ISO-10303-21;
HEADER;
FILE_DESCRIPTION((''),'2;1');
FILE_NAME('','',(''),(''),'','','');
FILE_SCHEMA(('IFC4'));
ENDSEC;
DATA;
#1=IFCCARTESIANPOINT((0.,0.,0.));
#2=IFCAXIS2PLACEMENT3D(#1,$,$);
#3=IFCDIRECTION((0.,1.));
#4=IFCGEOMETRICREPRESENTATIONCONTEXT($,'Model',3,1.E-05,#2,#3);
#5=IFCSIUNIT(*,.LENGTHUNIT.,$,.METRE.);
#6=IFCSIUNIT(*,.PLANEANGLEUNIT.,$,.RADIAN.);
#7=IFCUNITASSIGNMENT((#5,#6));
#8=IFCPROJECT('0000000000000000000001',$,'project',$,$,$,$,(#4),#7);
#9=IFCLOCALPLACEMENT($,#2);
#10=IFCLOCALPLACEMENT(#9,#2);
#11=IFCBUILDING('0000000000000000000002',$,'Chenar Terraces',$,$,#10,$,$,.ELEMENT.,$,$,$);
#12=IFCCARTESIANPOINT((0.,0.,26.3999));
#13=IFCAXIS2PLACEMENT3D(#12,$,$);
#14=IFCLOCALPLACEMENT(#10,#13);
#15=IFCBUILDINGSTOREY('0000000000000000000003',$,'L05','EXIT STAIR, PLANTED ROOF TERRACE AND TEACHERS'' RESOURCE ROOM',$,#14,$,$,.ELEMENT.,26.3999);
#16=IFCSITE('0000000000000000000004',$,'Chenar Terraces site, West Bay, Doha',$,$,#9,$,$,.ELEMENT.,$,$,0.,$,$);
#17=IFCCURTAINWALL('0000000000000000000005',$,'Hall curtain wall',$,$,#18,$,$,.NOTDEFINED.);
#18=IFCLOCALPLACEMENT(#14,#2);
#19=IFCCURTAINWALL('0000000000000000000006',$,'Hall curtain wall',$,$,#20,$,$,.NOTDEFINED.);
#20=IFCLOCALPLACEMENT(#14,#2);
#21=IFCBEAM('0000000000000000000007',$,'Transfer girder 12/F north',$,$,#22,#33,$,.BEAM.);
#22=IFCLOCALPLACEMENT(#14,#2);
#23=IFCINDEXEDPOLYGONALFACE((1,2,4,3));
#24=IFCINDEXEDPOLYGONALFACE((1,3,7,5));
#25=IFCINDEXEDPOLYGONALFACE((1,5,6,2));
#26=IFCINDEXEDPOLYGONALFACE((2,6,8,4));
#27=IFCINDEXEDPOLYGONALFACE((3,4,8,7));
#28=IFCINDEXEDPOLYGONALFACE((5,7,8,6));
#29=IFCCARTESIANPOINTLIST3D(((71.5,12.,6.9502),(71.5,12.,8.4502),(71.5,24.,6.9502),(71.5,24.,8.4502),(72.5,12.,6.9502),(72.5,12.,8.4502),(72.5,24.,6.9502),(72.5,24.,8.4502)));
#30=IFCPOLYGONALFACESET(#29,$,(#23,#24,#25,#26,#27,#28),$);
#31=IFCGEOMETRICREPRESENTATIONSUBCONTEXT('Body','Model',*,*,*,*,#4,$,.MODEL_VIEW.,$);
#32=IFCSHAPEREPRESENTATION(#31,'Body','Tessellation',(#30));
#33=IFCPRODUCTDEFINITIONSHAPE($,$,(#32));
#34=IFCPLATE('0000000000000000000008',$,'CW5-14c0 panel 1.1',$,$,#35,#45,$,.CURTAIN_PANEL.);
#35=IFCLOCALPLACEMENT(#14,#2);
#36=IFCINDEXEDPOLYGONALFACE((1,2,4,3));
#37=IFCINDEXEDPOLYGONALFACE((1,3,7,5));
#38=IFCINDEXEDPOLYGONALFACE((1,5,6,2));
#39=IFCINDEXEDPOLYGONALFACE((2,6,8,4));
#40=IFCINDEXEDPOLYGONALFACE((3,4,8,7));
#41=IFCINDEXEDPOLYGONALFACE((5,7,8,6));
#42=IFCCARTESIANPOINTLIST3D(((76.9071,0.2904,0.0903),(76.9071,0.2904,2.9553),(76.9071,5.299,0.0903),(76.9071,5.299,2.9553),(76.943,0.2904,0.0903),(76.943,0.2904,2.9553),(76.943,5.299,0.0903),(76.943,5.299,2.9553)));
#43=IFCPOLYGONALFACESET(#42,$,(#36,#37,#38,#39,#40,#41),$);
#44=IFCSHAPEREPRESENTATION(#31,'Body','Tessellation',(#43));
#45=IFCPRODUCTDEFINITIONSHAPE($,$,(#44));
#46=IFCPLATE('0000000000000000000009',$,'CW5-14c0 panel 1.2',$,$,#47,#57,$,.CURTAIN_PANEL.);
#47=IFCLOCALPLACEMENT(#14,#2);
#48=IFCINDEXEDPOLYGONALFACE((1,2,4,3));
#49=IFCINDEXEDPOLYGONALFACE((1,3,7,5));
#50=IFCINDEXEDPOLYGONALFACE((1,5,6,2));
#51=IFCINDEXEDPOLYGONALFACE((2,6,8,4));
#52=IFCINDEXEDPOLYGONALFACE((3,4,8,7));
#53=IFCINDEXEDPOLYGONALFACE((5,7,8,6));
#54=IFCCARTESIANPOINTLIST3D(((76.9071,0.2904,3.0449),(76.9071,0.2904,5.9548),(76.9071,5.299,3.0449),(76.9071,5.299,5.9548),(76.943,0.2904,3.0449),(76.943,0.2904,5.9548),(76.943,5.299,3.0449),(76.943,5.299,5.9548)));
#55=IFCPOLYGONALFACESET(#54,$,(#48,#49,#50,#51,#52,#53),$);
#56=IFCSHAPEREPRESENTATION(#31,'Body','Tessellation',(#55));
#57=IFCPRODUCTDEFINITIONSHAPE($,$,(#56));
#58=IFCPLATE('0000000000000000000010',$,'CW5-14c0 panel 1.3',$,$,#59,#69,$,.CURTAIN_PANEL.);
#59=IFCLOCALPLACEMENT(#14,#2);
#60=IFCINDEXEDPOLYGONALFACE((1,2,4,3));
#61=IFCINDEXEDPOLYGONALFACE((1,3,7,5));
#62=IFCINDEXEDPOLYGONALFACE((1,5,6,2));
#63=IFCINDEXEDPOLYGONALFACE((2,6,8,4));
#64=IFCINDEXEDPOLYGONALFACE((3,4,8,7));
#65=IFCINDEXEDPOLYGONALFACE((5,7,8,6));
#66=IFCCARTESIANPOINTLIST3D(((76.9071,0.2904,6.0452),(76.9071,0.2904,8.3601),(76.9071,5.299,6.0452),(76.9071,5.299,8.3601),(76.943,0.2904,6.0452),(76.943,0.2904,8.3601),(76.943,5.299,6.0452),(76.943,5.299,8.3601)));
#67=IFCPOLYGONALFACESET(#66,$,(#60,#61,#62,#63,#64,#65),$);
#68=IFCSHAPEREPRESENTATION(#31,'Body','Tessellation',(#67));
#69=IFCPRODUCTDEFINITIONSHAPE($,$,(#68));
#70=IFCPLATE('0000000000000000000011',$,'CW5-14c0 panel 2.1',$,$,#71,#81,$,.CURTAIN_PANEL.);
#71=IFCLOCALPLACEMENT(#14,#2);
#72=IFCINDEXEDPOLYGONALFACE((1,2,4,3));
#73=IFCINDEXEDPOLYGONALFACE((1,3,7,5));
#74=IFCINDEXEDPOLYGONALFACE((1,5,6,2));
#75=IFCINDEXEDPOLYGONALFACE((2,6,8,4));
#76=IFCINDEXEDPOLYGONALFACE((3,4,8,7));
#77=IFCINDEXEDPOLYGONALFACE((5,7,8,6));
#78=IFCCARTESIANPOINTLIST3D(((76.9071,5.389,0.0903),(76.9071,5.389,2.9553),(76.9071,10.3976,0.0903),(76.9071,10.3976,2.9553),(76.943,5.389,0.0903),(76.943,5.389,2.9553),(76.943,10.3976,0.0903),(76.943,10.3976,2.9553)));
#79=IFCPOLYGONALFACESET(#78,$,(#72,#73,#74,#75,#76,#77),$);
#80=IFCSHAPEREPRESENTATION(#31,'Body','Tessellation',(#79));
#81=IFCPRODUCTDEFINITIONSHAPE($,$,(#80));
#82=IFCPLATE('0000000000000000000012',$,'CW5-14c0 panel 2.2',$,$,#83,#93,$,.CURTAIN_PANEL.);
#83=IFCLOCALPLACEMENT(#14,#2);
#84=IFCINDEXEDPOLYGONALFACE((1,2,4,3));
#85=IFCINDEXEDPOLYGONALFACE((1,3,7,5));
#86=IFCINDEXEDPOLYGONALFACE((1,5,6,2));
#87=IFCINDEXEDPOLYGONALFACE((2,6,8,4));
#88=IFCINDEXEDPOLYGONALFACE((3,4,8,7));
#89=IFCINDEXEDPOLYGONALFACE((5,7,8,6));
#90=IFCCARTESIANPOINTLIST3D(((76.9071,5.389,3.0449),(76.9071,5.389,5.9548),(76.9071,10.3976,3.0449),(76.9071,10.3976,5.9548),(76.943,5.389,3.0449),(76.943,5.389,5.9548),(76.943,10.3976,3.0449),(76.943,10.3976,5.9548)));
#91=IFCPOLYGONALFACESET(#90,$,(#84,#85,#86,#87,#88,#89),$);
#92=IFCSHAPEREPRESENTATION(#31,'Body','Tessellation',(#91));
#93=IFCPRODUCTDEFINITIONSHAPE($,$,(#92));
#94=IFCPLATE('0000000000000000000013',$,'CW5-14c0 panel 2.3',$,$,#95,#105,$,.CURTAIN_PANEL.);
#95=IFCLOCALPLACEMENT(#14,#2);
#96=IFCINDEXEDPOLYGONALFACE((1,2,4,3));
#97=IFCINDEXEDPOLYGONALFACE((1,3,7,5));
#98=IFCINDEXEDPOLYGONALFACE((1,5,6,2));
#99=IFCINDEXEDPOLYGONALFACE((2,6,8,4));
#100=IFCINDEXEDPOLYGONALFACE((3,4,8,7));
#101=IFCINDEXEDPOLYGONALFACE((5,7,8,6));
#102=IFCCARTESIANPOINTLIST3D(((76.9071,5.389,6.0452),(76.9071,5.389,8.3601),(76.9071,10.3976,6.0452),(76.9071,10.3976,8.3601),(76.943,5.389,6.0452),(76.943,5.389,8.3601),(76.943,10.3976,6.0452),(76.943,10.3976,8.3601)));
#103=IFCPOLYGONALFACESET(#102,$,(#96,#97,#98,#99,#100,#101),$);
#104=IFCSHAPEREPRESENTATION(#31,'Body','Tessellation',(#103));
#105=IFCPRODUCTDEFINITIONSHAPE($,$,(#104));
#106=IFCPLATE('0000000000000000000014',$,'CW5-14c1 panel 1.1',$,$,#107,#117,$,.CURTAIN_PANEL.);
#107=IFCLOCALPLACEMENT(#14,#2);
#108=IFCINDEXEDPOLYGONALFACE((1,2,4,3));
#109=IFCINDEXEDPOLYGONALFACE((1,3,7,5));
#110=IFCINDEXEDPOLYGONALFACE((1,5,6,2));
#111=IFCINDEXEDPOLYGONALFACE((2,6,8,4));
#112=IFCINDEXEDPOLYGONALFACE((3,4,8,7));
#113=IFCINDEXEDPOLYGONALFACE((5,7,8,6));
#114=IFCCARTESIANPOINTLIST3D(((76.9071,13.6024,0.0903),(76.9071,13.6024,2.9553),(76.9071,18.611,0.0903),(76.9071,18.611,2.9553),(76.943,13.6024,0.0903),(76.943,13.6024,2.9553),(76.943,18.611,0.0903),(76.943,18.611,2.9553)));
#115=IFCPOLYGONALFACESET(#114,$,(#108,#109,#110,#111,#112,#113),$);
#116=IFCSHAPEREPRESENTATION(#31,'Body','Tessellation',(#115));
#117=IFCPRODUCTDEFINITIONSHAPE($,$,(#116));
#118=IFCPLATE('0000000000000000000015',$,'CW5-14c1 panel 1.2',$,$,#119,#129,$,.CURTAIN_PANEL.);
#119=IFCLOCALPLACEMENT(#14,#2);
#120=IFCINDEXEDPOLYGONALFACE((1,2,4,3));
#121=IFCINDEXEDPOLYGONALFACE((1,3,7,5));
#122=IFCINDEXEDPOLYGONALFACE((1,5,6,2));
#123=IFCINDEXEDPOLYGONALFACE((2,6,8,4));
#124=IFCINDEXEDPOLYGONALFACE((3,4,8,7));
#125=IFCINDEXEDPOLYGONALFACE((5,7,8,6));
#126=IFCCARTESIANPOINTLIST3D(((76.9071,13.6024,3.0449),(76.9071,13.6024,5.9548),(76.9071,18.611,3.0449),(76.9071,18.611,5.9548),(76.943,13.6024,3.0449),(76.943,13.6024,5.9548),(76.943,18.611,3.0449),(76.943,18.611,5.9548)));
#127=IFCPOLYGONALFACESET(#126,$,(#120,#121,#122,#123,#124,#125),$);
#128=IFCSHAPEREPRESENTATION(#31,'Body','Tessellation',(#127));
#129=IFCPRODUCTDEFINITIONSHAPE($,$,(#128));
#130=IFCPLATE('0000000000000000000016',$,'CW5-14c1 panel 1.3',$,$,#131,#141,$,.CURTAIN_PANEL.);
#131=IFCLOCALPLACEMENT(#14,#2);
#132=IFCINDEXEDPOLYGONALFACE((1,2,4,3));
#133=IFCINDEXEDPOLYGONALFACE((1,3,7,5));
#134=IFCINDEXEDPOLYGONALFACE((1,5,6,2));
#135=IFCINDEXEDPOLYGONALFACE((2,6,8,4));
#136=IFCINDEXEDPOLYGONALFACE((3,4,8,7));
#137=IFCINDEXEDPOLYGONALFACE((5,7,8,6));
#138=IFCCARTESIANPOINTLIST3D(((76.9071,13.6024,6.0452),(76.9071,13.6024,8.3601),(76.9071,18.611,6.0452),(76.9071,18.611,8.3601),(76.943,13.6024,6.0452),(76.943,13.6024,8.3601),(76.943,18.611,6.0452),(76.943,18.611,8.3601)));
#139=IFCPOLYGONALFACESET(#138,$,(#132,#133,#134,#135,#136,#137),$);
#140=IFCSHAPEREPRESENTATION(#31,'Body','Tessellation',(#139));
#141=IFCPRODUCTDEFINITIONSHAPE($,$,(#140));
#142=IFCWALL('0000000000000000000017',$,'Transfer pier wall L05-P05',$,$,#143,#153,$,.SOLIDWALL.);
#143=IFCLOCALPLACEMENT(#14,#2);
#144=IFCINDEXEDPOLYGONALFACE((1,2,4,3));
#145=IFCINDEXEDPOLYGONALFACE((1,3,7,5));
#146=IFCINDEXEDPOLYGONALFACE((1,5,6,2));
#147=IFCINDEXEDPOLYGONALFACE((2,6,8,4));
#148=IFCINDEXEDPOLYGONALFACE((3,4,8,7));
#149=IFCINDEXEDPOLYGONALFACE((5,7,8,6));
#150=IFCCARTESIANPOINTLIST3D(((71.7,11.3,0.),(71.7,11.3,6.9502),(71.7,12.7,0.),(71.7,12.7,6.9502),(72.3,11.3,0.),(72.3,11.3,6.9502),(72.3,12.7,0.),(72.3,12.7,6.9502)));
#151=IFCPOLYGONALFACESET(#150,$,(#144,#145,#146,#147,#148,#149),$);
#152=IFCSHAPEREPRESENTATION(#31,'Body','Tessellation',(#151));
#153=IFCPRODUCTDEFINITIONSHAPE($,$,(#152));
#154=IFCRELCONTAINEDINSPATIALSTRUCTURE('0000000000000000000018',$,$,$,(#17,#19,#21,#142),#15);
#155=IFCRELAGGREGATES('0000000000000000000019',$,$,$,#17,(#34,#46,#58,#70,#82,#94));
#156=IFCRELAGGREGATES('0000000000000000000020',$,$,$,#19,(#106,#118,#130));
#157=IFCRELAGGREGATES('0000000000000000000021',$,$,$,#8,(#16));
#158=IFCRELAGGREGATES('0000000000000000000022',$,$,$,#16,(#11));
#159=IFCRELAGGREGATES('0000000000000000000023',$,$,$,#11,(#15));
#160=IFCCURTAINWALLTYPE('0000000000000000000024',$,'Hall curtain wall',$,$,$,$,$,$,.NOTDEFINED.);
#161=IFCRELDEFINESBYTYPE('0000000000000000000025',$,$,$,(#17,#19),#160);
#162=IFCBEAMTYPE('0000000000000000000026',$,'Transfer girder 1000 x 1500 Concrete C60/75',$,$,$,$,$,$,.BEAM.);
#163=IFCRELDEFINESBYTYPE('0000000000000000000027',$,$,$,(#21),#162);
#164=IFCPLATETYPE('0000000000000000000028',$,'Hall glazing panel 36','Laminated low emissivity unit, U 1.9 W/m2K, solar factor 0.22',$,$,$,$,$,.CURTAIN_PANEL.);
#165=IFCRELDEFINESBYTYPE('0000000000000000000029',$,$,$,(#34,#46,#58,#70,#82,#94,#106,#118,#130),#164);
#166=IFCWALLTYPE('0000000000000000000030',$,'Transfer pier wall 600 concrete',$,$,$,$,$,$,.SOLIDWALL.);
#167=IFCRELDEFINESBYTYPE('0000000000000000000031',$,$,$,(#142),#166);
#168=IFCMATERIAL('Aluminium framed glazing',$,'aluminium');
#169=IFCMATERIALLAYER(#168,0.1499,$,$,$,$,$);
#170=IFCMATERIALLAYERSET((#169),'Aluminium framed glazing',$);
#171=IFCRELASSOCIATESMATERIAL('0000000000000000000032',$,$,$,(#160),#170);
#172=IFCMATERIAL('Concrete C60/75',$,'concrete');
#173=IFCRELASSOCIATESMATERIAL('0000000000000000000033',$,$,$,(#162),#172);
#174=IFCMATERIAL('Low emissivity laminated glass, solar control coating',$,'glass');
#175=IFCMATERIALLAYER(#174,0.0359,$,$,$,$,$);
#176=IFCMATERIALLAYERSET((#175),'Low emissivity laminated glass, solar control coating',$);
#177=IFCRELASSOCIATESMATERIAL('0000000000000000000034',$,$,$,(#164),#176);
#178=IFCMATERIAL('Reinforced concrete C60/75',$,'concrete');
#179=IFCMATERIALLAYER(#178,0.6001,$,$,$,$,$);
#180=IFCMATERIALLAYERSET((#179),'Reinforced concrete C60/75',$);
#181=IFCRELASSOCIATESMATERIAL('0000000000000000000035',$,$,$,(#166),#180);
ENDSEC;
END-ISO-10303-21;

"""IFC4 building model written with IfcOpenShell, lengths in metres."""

from ifc_helpers import new_model, si_unit, direction, frame, frame_2d, origin, origin_2d, place, context, subcontext, project, spatial, rectangle, extrude, material, layer, layer_set, material_profile, profile_set, type_object, element, aggregate, save


model = new_model("IFC4")

# Units and contexts
model_context = context("Model", 3, precision=1e-05, world=origin(), true_north=direction((0.0, 1.0)))
body_context = subcontext(model_context, "Body", "Model", "MODEL_VIEW")
ifc_project = project(units=[si_unit("LENGTHUNIT", "METRE"), si_unit("PLANEANGLEUNIT", "RADIAN")], contexts=[model_context])

# Site, building, storey
site_placement = place(None, origin())
site = spatial("IfcSite", under=ifc_project, at=site_placement, Name="Chenar Terraces site, West Bay, Doha", CompositionType="ELEMENT", RefElevation=0.0)
building_placement = place(site_placement, origin())
building = spatial("IfcBuilding", under=site, at=building_placement, Name="Chenar Terraces", CompositionType="ELEMENT")
storey_placement = place(building_placement, frame((0.0, 0.0, 26.3999)))
storey = spatial("IfcBuildingStorey", under=building, at=storey_placement, Name="L05", Description="EXIT STAIR, PLANTED ROOF TERRACE AND TEACHERS' RESOURCE ROOM", CompositionType="ELEMENT", Elevation=26.3999)

# Curtain wall
ifc_material_1 = material(Name="Aluminium framed glazing", Category="aluminium")
ifc_layer_1 = layer(ifc_material_1, 0.1499)
ifc_layer_set_1 = layer_set([ifc_layer_1], Name="Aluminium framed glazing")
curtain_wall_type = type_object("IfcCurtainWallType", Name="Hall curtain wall", PredefinedType="NOTDEFINED", material=ifc_layer_set_1)
placement = place(storey_placement, origin())
curtain_wall_1 = element("IfcCurtainWall", 1, at=placement, inside=storey, type_object=curtain_wall_type, Name="Hall curtain wall", PredefinedType="NOTDEFINED")

# Curtain wall
curtain_wall_2 = element("IfcCurtainWall", 2, at=placement, inside=storey, type_object=curtain_wall_type, Name="Hall curtain wall", PredefinedType="NOTDEFINED")

# Beam
ifc_material_2 = material(Name="Concrete C60/75", Category="concrete")
ifc_material_profile_1 = material_profile(ifc_material_2, rectangle(XDim=1.0, YDim=1.5, at=origin_2d()), Name="RC 1000 x 1500")
ifc_profile_set_1 = profile_set([ifc_material_profile_1], Name="Concrete C60/75")
beam_type = type_object("IfcBeamType", Name="Transfer girder 1000 x 1500 Concrete C60/75", PredefinedType="BEAM", material=ifc_profile_set_1)
beam_placement = place(storey_placement, frame((72.0, 12.0, 8.4502), z_axis=(0.0, 1.0, 0.0), x_axis=(-1.0, 0.0, 0.0)))
element("IfcBeam", 3, at=beam_placement, inside=storey, type_object=beam_type, Name="Transfer girder 12/F north", PredefinedType="BEAM", context=body_context, shape_type="SweptSolid", body=[
    extrude(rectangle(XDim=1.0, YDim=1.5, at=frame_2d((0.0, -0.75))), origin(), (0.0, 0.0, 1.0), 12.0),
])

# Plates
ifc_material_3 = material(Name="Low emissivity laminated glass, solar control coating", Category="glass")
ifc_layer_2 = layer(ifc_material_3, 0.0359)
ifc_layer_set_2 = layer_set([ifc_layer_2], Name="Low emissivity laminated glass, solar control coating")
plate_type = type_object("IfcPlateType", Name="Hall glazing panel 36", Description="Laminated low emissivity unit, U 1.9 W/m2K, solar factor 0.22", PredefinedType="CURTAIN_PANEL", material=ifc_layer_set_2)
plate_1_placement = place(storey_placement, frame((76.925, 2.7947, 0.0903), z_axis=(0.0, 0.0, 1.0), x_axis=(0.0, 1.0, 0.0)))
plate_1 = element("IfcPlate", 4, at=plate_1_placement, type_object=plate_type, Name="CW5-14c0 panel 1.1", PredefinedType="CURTAIN_PANEL", context=body_context, shape_type="SweptSolid", body=[
    extrude(rectangle(XDim=5.0085, YDim=0.0359, at=origin_2d()), origin(), (0.0, 0.0, 1.0), 2.865),
])
plate_2_placement = place(storey_placement, frame((76.925, 2.7947, 3.0449), z_axis=(0.0, 0.0, 1.0), x_axis=(0.0, 1.0, 0.0)))
plate_2 = element("IfcPlate", 5, at=plate_2_placement, type_object=plate_type, Name="CW5-14c0 panel 1.2", PredefinedType="CURTAIN_PANEL", context=body_context, shape_type="SweptSolid", body=[
    extrude(rectangle(XDim=5.0085, YDim=0.0359, at=origin_2d()), origin(), (0.0, 0.0, 1.0), 2.9099),
])
plate_3_placement = place(storey_placement, frame((76.925, 2.7947, 6.0452), z_axis=(0.0, 0.0, 1.0), x_axis=(0.0, 1.0, 0.0)))
plate_3 = element("IfcPlate", 6, at=plate_3_placement, type_object=plate_type, Name="CW5-14c0 panel 1.3", PredefinedType="CURTAIN_PANEL", context=body_context, shape_type="SweptSolid", body=[
    extrude(rectangle(XDim=5.0085, YDim=0.0359, at=origin_2d()), origin(), (0.0, 0.0, 1.0), 2.3149),
])
plate_4_placement = place(storey_placement, frame((76.925, 7.8933, 0.0903), z_axis=(0.0, 0.0, 1.0), x_axis=(0.0, 1.0, 0.0)))
plate_4 = element("IfcPlate", 7, at=plate_4_placement, type_object=plate_type, Name="CW5-14c0 panel 2.1", PredefinedType="CURTAIN_PANEL", context=body_context, shape_type="SweptSolid", body=[
    extrude(rectangle(XDim=5.0085, YDim=0.0359, at=origin_2d()), origin(), (0.0, 0.0, 1.0), 2.865),
])
plate_5_placement = place(storey_placement, frame((76.925, 7.8933, 3.0449), z_axis=(0.0, 0.0, 1.0), x_axis=(0.0, 1.0, 0.0)))
plate_5 = element("IfcPlate", 8, at=plate_5_placement, type_object=plate_type, Name="CW5-14c0 panel 2.2", PredefinedType="CURTAIN_PANEL", context=body_context, shape_type="SweptSolid", body=[
    extrude(rectangle(XDim=5.0085, YDim=0.0359, at=origin_2d()), origin(), (0.0, 0.0, 1.0), 2.9099),
])
plate_6_placement = place(storey_placement, frame((76.925, 7.8933, 6.0452), z_axis=(0.0, 0.0, 1.0), x_axis=(0.0, 1.0, 0.0)))
plate_6 = element("IfcPlate", 9, at=plate_6_placement, type_object=plate_type, Name="CW5-14c0 panel 2.3", PredefinedType="CURTAIN_PANEL", context=body_context, shape_type="SweptSolid", body=[
    extrude(rectangle(XDim=5.0085, YDim=0.0359, at=origin_2d()), origin(), (0.0, 0.0, 1.0), 2.3149),
])
aggregate(curtain_wall_1, [plate_1, plate_2, plate_3, plate_4, plate_5, plate_6])
plate_7_placement = place(storey_placement, frame((76.925, 16.1067, 0.0903), z_axis=(0.0, 0.0, 1.0), x_axis=(0.0, 1.0, 0.0)))
plate_7 = element("IfcPlate", 10, at=plate_7_placement, type_object=plate_type, Name="CW5-14c1 panel 1.1", PredefinedType="CURTAIN_PANEL", context=body_context, shape_type="SweptSolid", body=[
    extrude(rectangle(XDim=5.0085, YDim=0.0359, at=origin_2d()), origin(), (0.0, 0.0, 1.0), 2.865),
])
plate_8_placement = place(storey_placement, frame((76.925, 16.1067, 3.0449), z_axis=(0.0, 0.0, 1.0), x_axis=(0.0, 1.0, 0.0)))
plate_8 = element("IfcPlate", 11, at=plate_8_placement, type_object=plate_type, Name="CW5-14c1 panel 1.2", PredefinedType="CURTAIN_PANEL", context=body_context, shape_type="SweptSolid", body=[
    extrude(rectangle(XDim=5.0085, YDim=0.0359, at=origin_2d()), origin(), (0.0, 0.0, 1.0), 2.9099),
])
plate_9_placement = place(storey_placement, frame((76.925, 16.1067, 6.0452), z_axis=(0.0, 0.0, 1.0), x_axis=(0.0, 1.0, 0.0)))
plate_9 = element("IfcPlate", 12, at=plate_9_placement, type_object=plate_type, Name="CW5-14c1 panel 1.3", PredefinedType="CURTAIN_PANEL", context=body_context, shape_type="SweptSolid", body=[
    extrude(rectangle(XDim=5.0085, YDim=0.0359, at=origin_2d()), origin(), (0.0, 0.0, 1.0), 2.3149),
])
aggregate(curtain_wall_2, [plate_7, plate_8, plate_9])

# Wall
ifc_material_4 = material(Name="Reinforced concrete C60/75", Category="concrete")
ifc_layer_3 = layer(ifc_material_4, 0.6001)
ifc_layer_set_3 = layer_set([ifc_layer_3], Name="Reinforced concrete C60/75")
wall_type_1 = type_object("IfcWallType", Name="Transfer pier wall 600 concrete", PredefinedType="SOLIDWALL", material=ifc_layer_set_3)
wall_1_placement = place(storey_placement, frame((72.0, 11.3, 0.0), z_axis=(0.0, 0.0, 1.0), x_axis=(0.0, 1.0, 0.0)))
element("IfcWall", 13, at=wall_1_placement, inside=storey, type_object=wall_type_1, Name="Transfer pier wall L05-P05", PredefinedType="SOLIDWALL", context=body_context, shape_type="SweptSolid", body=[
    extrude(rectangle(XDim=1.3999, YDim=0.6001, at=frame_2d((0.7, 0.0))), origin(), (0.0, 0.0, 1.0), 6.9502),
])

save(model, "model.ifc")
